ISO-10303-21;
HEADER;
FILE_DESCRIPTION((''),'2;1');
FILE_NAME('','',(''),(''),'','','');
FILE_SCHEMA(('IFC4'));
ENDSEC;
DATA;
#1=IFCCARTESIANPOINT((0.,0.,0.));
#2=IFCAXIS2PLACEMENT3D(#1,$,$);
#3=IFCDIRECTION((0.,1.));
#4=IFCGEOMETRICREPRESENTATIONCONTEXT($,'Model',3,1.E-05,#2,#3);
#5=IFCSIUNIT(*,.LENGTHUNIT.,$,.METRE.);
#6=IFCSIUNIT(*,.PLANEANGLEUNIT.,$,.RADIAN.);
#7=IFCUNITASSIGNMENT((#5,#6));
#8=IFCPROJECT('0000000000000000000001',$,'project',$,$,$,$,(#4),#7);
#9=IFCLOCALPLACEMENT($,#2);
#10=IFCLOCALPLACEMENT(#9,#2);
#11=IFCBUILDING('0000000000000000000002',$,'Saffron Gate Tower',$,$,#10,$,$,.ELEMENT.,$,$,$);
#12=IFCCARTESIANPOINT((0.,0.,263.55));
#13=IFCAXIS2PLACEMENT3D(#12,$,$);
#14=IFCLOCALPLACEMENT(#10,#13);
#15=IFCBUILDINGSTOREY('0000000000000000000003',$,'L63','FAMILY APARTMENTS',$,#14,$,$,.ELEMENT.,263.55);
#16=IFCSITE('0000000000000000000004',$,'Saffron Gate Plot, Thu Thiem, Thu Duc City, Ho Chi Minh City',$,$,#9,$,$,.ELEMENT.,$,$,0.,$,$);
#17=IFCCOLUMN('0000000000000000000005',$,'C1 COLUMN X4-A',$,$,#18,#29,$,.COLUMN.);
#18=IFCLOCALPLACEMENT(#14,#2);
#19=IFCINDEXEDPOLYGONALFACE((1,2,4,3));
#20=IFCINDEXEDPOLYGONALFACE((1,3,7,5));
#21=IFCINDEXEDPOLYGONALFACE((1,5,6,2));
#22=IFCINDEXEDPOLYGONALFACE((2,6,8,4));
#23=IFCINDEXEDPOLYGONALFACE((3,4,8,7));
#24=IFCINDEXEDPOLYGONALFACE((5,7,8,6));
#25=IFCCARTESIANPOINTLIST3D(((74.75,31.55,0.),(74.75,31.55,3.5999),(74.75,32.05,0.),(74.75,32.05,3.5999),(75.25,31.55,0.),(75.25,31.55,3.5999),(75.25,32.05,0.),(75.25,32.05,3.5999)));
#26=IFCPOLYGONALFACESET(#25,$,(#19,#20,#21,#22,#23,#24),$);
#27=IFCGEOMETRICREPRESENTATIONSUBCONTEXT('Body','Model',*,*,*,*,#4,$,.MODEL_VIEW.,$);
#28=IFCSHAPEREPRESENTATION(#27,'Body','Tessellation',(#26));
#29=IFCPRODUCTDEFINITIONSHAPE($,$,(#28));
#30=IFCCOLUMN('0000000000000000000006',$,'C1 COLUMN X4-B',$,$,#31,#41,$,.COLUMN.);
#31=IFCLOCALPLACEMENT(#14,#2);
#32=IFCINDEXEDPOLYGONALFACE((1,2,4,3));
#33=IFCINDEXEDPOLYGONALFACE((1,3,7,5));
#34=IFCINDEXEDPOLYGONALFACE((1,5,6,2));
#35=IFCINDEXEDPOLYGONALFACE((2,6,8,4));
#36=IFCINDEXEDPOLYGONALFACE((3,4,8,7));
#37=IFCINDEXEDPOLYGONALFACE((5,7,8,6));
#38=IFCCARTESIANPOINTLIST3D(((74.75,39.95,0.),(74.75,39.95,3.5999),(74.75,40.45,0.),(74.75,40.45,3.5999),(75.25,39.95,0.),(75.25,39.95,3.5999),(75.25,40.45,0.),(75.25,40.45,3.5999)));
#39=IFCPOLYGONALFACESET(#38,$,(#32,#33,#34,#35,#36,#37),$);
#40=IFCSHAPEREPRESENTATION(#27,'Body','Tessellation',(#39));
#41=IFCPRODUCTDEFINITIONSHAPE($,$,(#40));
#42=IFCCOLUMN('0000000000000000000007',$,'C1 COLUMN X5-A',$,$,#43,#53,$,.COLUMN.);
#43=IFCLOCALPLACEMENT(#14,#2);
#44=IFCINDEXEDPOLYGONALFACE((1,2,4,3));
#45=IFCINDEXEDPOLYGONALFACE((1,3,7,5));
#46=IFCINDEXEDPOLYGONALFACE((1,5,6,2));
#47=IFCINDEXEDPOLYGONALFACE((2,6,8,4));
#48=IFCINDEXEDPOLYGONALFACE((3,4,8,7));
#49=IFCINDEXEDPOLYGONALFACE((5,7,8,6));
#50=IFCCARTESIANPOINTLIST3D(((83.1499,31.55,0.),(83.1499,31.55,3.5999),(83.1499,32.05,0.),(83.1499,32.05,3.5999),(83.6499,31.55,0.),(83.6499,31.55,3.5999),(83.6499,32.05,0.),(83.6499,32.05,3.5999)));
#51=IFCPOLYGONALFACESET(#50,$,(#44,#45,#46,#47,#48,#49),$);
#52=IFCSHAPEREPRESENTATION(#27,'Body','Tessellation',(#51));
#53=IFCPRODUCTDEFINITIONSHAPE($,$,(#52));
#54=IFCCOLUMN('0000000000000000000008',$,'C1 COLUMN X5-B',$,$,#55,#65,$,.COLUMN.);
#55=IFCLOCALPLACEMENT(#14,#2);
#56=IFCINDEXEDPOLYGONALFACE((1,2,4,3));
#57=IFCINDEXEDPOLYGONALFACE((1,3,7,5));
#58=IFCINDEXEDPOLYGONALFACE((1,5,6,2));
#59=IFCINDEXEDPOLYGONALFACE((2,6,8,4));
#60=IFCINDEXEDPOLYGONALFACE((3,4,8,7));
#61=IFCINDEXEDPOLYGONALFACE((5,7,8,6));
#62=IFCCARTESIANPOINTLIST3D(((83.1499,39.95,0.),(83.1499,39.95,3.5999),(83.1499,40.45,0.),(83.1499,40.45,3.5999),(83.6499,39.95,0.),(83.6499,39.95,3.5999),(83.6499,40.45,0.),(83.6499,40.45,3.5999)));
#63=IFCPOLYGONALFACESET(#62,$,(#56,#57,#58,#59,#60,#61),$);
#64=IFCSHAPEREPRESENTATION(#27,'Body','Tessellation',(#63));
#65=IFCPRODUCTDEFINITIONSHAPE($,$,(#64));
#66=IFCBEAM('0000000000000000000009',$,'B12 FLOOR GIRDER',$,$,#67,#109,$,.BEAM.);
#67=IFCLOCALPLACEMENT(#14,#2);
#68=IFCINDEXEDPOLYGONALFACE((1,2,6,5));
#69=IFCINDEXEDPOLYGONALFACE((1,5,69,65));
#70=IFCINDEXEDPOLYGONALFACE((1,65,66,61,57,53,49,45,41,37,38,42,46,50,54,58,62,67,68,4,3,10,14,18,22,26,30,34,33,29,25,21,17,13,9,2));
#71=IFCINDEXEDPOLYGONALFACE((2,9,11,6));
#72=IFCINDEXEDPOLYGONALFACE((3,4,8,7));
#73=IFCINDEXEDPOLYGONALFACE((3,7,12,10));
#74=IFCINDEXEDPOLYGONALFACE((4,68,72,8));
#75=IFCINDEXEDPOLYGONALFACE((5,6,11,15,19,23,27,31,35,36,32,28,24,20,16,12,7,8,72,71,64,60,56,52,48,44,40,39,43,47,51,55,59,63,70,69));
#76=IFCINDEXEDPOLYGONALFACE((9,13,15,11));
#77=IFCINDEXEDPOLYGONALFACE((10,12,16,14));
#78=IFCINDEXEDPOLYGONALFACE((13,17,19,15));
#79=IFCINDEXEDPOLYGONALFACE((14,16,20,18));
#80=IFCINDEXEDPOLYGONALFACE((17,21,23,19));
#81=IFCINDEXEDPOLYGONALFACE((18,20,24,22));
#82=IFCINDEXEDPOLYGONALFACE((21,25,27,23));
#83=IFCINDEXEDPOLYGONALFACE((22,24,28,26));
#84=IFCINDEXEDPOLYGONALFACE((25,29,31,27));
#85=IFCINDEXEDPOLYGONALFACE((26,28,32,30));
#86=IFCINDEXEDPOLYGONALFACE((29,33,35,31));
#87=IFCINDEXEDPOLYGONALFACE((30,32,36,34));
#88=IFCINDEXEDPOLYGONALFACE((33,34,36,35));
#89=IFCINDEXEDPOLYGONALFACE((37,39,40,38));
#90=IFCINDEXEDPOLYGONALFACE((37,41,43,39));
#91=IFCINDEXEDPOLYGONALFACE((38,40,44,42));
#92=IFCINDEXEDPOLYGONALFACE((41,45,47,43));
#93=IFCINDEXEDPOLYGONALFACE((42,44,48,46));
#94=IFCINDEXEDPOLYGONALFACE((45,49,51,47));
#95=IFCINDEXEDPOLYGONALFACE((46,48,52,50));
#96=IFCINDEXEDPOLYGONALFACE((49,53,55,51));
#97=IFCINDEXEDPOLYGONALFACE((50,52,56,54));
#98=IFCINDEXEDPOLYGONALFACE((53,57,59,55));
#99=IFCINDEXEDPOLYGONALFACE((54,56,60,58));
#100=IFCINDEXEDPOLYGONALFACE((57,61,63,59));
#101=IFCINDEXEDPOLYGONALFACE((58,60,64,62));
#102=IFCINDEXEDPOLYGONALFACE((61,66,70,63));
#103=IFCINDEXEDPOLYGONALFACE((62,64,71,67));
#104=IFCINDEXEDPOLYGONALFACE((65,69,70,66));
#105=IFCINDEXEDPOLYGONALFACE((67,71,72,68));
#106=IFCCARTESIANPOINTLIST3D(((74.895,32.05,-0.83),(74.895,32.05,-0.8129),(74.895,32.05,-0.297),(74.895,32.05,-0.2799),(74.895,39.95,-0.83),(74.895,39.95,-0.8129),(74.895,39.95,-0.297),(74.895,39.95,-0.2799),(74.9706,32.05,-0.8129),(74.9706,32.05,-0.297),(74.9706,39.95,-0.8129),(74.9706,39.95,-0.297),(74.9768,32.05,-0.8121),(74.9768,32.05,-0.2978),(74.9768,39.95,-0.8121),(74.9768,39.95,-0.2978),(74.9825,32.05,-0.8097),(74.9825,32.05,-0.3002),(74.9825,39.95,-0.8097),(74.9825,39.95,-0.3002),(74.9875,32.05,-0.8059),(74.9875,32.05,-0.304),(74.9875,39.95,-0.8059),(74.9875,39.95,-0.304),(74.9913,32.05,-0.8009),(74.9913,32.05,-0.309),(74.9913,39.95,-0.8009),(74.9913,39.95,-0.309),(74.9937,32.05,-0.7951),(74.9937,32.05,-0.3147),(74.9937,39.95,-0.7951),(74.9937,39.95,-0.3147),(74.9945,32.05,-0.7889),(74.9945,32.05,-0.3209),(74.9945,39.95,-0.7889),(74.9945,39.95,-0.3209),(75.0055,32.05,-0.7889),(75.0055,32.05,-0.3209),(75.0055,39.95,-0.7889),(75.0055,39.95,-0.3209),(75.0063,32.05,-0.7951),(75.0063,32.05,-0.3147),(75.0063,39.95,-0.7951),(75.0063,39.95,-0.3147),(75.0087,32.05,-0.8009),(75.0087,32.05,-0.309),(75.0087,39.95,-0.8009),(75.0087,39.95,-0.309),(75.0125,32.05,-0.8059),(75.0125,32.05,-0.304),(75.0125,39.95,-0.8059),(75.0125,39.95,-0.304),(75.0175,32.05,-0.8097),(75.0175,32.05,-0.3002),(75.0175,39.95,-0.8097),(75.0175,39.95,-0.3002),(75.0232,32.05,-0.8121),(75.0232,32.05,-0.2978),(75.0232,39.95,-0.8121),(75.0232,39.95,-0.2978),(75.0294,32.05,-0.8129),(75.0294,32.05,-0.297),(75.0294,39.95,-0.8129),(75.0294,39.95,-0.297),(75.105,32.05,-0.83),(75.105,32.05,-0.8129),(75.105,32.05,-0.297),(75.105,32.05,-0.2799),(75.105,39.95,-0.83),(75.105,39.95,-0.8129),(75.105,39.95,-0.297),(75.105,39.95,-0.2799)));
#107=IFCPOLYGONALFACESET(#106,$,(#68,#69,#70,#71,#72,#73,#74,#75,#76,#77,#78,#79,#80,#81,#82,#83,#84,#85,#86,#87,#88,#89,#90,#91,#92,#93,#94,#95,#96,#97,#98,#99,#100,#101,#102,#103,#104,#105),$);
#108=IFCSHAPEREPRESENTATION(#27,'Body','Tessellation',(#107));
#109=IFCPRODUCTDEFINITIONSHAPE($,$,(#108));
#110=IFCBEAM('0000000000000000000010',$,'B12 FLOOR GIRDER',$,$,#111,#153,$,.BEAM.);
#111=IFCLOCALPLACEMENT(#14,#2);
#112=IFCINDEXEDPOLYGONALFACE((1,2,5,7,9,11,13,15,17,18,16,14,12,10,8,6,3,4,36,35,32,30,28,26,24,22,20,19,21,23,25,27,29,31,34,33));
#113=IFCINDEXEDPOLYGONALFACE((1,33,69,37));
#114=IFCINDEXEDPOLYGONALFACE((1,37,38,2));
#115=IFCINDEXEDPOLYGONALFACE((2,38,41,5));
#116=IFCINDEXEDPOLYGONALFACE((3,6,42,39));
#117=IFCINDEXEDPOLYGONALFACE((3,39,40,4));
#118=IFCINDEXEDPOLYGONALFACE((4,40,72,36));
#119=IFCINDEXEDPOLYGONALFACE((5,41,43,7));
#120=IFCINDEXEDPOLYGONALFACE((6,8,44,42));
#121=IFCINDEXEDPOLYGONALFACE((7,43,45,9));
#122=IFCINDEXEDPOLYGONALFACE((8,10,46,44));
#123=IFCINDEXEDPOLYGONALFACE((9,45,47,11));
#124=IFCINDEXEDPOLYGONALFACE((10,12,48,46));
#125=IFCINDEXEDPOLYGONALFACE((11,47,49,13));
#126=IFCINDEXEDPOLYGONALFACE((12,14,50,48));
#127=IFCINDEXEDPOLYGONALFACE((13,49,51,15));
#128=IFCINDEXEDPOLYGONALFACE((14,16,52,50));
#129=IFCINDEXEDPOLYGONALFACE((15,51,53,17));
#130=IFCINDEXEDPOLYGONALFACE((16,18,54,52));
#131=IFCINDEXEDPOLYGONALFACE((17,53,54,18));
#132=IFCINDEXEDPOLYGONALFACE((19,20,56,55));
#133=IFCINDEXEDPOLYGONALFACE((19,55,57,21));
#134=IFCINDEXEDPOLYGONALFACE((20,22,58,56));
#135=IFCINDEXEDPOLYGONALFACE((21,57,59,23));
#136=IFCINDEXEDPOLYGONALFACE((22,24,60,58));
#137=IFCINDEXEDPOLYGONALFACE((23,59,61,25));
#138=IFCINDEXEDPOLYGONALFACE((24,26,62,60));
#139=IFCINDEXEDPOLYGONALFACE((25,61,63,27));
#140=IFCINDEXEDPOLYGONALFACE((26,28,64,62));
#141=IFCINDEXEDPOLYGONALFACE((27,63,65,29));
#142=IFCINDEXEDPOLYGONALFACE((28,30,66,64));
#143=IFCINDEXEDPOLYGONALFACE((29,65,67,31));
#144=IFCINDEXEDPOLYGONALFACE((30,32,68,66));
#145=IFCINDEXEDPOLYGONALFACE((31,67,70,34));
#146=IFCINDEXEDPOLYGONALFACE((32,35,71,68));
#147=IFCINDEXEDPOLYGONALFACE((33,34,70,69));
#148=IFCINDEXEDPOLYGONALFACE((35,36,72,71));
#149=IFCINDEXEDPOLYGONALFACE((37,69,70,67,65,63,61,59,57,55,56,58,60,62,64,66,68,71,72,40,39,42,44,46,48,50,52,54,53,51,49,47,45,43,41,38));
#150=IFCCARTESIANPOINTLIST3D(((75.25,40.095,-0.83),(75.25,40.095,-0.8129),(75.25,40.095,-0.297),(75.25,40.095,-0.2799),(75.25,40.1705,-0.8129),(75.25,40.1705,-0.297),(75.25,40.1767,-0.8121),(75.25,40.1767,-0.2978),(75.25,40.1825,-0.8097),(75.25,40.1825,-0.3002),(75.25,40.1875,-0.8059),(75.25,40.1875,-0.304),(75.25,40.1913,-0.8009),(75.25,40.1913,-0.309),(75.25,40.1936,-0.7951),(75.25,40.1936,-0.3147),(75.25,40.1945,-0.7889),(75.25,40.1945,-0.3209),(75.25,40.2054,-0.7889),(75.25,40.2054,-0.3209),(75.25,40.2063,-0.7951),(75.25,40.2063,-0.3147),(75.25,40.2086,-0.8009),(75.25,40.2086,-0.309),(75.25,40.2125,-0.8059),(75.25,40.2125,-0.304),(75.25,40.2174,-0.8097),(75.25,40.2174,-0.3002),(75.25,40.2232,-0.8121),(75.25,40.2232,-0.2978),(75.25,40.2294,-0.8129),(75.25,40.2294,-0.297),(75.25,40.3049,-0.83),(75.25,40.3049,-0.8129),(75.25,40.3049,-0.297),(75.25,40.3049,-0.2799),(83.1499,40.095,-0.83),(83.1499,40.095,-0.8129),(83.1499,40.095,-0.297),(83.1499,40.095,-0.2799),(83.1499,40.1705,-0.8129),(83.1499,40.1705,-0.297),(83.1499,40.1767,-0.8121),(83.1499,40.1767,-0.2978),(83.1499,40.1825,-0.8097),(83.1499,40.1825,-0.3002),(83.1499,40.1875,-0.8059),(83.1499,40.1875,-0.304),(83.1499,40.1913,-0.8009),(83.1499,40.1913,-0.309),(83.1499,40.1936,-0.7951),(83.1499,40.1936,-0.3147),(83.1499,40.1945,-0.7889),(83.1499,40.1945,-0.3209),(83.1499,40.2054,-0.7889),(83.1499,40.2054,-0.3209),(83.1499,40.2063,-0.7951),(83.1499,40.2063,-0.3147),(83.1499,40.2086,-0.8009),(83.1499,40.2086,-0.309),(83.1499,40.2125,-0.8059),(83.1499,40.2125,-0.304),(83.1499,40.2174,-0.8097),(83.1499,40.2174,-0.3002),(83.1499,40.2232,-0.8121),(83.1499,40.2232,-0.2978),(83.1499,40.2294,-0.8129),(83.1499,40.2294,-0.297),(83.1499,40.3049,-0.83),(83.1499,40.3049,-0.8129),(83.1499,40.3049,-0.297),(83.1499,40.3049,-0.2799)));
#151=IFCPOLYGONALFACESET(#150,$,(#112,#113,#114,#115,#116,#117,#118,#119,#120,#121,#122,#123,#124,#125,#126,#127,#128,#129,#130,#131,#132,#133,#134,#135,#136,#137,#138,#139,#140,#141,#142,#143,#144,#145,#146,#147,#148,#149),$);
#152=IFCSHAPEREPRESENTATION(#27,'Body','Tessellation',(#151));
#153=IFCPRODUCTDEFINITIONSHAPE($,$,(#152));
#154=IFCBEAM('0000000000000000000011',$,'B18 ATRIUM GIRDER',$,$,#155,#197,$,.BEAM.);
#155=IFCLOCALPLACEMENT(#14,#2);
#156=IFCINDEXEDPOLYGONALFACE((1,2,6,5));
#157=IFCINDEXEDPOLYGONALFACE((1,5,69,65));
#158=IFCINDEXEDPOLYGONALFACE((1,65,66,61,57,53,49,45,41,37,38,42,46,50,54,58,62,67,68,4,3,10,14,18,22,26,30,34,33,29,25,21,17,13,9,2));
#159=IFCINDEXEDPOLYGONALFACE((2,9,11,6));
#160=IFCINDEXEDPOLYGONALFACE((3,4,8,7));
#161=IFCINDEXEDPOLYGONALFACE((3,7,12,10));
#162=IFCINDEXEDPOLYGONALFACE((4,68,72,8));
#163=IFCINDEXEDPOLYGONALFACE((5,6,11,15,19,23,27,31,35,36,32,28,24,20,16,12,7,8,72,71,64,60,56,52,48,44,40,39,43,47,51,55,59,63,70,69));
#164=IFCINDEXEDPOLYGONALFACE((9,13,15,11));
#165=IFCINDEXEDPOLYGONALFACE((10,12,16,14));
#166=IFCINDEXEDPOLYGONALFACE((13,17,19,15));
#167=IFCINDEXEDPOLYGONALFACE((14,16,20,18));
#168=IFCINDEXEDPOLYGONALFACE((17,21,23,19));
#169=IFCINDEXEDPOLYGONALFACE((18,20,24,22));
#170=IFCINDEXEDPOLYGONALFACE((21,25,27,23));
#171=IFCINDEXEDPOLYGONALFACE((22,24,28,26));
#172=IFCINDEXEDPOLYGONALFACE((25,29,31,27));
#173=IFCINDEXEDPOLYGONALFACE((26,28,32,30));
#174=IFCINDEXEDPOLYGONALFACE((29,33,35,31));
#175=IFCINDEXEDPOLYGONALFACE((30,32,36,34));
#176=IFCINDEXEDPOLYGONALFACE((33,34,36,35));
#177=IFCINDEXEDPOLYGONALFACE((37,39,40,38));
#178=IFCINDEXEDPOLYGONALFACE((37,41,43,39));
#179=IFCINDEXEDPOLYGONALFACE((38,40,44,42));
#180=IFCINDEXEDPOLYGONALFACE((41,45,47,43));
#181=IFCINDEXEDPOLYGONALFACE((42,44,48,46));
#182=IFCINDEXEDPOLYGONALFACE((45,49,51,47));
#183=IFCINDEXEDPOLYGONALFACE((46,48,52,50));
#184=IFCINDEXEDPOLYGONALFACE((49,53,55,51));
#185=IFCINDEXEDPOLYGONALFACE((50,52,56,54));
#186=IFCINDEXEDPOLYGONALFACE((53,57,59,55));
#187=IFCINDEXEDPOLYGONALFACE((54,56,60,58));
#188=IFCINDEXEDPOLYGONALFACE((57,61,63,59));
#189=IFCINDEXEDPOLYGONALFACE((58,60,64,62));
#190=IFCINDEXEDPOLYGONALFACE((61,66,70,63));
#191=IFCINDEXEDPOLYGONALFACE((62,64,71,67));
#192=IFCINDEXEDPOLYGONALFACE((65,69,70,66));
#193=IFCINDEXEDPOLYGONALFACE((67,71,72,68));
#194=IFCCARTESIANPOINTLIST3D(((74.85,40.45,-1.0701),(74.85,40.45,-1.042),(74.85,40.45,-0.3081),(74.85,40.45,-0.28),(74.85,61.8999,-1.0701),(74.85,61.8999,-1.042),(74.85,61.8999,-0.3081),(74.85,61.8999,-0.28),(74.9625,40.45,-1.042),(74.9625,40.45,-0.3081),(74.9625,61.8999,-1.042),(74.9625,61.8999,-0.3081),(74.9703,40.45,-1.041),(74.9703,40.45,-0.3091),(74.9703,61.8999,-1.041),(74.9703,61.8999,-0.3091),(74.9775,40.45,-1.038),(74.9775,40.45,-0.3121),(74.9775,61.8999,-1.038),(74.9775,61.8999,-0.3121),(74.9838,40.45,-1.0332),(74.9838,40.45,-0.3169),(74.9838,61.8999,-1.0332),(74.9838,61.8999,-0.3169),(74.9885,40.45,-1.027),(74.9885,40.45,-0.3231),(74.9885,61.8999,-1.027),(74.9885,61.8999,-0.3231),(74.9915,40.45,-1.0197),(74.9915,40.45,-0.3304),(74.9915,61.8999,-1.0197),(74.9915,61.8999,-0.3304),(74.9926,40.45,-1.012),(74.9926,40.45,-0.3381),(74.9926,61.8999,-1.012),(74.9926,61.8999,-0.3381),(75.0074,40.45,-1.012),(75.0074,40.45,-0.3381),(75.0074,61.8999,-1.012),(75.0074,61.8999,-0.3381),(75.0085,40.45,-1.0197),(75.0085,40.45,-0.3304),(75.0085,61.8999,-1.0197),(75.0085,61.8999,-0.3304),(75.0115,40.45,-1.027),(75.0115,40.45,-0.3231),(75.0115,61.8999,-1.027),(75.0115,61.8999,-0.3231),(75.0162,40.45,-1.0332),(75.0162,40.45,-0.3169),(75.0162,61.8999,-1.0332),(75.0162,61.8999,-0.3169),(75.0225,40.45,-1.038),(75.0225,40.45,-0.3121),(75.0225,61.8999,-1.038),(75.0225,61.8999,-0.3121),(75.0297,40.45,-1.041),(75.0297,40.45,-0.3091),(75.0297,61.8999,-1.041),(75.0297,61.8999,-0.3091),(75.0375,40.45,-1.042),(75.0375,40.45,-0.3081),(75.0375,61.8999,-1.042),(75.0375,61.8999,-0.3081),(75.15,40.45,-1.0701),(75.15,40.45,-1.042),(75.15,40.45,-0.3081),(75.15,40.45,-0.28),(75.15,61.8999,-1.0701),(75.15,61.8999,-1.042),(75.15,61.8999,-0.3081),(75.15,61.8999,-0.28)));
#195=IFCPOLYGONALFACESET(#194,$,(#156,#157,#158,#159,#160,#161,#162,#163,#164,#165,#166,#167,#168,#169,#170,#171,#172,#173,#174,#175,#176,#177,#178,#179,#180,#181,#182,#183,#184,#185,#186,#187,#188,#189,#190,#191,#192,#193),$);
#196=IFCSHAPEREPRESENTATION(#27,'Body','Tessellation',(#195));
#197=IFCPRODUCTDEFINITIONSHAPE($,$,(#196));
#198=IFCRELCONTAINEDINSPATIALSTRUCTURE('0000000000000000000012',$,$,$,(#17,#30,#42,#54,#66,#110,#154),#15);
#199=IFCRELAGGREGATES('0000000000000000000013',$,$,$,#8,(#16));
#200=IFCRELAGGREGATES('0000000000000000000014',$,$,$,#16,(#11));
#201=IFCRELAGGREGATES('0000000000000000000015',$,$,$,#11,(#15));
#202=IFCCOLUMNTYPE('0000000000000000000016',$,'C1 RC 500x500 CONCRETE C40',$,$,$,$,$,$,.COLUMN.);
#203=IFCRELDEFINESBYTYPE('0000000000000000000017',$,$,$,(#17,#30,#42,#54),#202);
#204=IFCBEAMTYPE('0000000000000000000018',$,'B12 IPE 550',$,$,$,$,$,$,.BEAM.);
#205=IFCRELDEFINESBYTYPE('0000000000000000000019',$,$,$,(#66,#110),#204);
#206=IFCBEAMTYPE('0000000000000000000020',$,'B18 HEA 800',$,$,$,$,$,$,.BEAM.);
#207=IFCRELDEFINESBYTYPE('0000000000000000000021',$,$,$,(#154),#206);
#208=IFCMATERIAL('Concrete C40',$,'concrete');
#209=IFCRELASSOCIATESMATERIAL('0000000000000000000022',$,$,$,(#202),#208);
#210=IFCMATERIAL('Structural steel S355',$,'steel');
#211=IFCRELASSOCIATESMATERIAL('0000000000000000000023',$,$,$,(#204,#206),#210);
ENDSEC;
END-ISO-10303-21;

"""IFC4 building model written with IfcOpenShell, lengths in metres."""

from ifc_helpers import new_model, si_unit, direction, frame, origin, origin_2d, place, context, subcontext, project, spatial, rectangle, i_section, extrude, material, material_profile, profile_set, type_object, element, save


model = new_model("IFC4")

# Units and contexts
model_context = context("Model", 3, precision=1e-05, world=origin(), true_north=direction((0.0, 1.0)))
body_context = subcontext(model_context, "Body", "Model", "MODEL_VIEW")
ifc_project = project(units=[si_unit("LENGTHUNIT", "METRE"), si_unit("PLANEANGLEUNIT", "RADIAN")], contexts=[model_context])

# Site, building, storey
site_placement = place(None, origin())
site = spatial("IfcSite", under=ifc_project, at=site_placement, Name="Saffron Gate Plot, Thu Thiem, Thu Duc City, Ho Chi Minh City", CompositionType="ELEMENT", RefElevation=0.0)
building_placement = place(site_placement, origin())
building = spatial("IfcBuilding", under=site, at=building_placement, Name="Saffron Gate Tower", CompositionType="ELEMENT")
storey_placement = place(building_placement, frame((0.0, 0.0, 263.55)))
storey = spatial("IfcBuildingStorey", under=building, at=storey_placement, Name="L63", Description="FAMILY APARTMENTS", CompositionType="ELEMENT", Elevation=263.55)

# Columns
ifc_material_1 = material(Name="Concrete C40", Category="concrete")
ifc_material_profile_1 = material_profile(ifc_material_1, rectangle(XDim=0.5, YDim=0.5, at=origin_2d()))
ifc_profile_set_1 = profile_set([ifc_material_profile_1], Name="Concrete C40")
column_type = type_object("IfcColumnType", Name="C1 RC 500x500 CONCRETE C40", PredefinedType="COLUMN", material=ifc_profile_set_1)
for number, where, z_axis, x_axis, name in (
    (1, (75.0, 31.8, 0.0), (0.0, 0.0, 1.0), (1.0, 0.0, 0.0), "C1 COLUMN X4-A"),
    (2, (75.0, 40.2, 0.0), (0.0, 0.0, 1.0), (1.0, 0.0, 0.0), "C1 COLUMN X4-B"),
    (3, (83.3999, 31.8, 0.0), (0.0, 0.0, 1.0), (1.0, 0.0, 0.0), "C1 COLUMN X5-A"),
    (4, (83.3999, 40.2, 0.0), (0.0, 0.0, 1.0), (1.0, 0.0, 0.0), "C1 COLUMN X5-B"),
):
    element("IfcColumn", number, at=place(storey_placement, frame(where, z_axis=z_axis, x_axis=x_axis)), inside=storey, type_object=column_type, Name=name, PredefinedType="COLUMN", context=body_context, shape_type="SweptSolid", body=[
        extrude(rectangle(XDim=0.5, YDim=0.5, at=origin_2d()), origin(), (0.0, 0.0, 1.0), 3.5999),
    ])

# Beams
ifc_material_2 = material(Name="Structural steel S355", Category="steel")
ifc_material_profile_2 = material_profile(ifc_material_2, i_section(OverallWidth=0.21, OverallDepth=0.55, WebThickness=0.011, FlangeThickness=0.0171, FilletRadius=0.0239, at=origin_2d()))
ifc_profile_set_2 = profile_set([ifc_material_profile_2], Name="Structural steel S355")
beam_type_1 = type_object("IfcBeamType", Name="B12 IPE 550", PredefinedType="BEAM", material=ifc_profile_set_2)
for number, where, z_axis, x_axis, name in (
    (5, (75.0, 32.05, -0.5549), (0.0, 1.0, 0.0), (-1.0, 0.0, 0.0), "B12 FLOOR GIRDER"),
    (6, (75.25, 40.2, -0.5549), (1.0, 0.0, 0.0), (0.0, 1.0, 0.0), "B12 FLOOR GIRDER"),
):
    element("IfcBeam", number, at=place(storey_placement, frame(where, z_axis=z_axis, x_axis=x_axis)), inside=storey, type_object=beam_type_1, Name=name, PredefinedType="BEAM", context=body_context, shape_type="SweptSolid", body=[
        extrude(i_section(OverallWidth=0.21, OverallDepth=0.55, WebThickness=0.011, FlangeThickness=0.0171, FilletRadius=0.0239, at=origin_2d()), origin(), (0.0, 0.0, 1.0), 7.8999),
    ])
ifc_material_profile_3 = material_profile(ifc_material_2, i_section(OverallWidth=0.3, OverallDepth=0.79, WebThickness=0.0149, FlangeThickness=0.0281, FilletRadius=0.03, at=origin_2d()))
ifc_profile_set_3 = profile_set([ifc_material_profile_3], Name="Structural steel S355")
beam_type_2 = type_object("IfcBeamType", Name="B18 HEA 800", PredefinedType="BEAM", material=ifc_profile_set_3)
beam_1_placement = place(storey_placement, frame((75.0, 40.45, -0.675), z_axis=(0.0, 1.0, 0.0), x_axis=(-1.0, 0.0, 0.0)))
element("IfcBeam", 7, at=beam_1_placement, inside=storey, type_object=beam_type_2, Name="B18 ATRIUM GIRDER", PredefinedType="BEAM", context=body_context, shape_type="SweptSolid", body=[
    extrude(i_section(OverallWidth=0.3, OverallDepth=0.79, WebThickness=0.0149, FlangeThickness=0.0281, FilletRadius=0.03, at=origin_2d()), origin(), (0.0, 0.0, 1.0), 21.45),
])

save(model, "model.ifc")
